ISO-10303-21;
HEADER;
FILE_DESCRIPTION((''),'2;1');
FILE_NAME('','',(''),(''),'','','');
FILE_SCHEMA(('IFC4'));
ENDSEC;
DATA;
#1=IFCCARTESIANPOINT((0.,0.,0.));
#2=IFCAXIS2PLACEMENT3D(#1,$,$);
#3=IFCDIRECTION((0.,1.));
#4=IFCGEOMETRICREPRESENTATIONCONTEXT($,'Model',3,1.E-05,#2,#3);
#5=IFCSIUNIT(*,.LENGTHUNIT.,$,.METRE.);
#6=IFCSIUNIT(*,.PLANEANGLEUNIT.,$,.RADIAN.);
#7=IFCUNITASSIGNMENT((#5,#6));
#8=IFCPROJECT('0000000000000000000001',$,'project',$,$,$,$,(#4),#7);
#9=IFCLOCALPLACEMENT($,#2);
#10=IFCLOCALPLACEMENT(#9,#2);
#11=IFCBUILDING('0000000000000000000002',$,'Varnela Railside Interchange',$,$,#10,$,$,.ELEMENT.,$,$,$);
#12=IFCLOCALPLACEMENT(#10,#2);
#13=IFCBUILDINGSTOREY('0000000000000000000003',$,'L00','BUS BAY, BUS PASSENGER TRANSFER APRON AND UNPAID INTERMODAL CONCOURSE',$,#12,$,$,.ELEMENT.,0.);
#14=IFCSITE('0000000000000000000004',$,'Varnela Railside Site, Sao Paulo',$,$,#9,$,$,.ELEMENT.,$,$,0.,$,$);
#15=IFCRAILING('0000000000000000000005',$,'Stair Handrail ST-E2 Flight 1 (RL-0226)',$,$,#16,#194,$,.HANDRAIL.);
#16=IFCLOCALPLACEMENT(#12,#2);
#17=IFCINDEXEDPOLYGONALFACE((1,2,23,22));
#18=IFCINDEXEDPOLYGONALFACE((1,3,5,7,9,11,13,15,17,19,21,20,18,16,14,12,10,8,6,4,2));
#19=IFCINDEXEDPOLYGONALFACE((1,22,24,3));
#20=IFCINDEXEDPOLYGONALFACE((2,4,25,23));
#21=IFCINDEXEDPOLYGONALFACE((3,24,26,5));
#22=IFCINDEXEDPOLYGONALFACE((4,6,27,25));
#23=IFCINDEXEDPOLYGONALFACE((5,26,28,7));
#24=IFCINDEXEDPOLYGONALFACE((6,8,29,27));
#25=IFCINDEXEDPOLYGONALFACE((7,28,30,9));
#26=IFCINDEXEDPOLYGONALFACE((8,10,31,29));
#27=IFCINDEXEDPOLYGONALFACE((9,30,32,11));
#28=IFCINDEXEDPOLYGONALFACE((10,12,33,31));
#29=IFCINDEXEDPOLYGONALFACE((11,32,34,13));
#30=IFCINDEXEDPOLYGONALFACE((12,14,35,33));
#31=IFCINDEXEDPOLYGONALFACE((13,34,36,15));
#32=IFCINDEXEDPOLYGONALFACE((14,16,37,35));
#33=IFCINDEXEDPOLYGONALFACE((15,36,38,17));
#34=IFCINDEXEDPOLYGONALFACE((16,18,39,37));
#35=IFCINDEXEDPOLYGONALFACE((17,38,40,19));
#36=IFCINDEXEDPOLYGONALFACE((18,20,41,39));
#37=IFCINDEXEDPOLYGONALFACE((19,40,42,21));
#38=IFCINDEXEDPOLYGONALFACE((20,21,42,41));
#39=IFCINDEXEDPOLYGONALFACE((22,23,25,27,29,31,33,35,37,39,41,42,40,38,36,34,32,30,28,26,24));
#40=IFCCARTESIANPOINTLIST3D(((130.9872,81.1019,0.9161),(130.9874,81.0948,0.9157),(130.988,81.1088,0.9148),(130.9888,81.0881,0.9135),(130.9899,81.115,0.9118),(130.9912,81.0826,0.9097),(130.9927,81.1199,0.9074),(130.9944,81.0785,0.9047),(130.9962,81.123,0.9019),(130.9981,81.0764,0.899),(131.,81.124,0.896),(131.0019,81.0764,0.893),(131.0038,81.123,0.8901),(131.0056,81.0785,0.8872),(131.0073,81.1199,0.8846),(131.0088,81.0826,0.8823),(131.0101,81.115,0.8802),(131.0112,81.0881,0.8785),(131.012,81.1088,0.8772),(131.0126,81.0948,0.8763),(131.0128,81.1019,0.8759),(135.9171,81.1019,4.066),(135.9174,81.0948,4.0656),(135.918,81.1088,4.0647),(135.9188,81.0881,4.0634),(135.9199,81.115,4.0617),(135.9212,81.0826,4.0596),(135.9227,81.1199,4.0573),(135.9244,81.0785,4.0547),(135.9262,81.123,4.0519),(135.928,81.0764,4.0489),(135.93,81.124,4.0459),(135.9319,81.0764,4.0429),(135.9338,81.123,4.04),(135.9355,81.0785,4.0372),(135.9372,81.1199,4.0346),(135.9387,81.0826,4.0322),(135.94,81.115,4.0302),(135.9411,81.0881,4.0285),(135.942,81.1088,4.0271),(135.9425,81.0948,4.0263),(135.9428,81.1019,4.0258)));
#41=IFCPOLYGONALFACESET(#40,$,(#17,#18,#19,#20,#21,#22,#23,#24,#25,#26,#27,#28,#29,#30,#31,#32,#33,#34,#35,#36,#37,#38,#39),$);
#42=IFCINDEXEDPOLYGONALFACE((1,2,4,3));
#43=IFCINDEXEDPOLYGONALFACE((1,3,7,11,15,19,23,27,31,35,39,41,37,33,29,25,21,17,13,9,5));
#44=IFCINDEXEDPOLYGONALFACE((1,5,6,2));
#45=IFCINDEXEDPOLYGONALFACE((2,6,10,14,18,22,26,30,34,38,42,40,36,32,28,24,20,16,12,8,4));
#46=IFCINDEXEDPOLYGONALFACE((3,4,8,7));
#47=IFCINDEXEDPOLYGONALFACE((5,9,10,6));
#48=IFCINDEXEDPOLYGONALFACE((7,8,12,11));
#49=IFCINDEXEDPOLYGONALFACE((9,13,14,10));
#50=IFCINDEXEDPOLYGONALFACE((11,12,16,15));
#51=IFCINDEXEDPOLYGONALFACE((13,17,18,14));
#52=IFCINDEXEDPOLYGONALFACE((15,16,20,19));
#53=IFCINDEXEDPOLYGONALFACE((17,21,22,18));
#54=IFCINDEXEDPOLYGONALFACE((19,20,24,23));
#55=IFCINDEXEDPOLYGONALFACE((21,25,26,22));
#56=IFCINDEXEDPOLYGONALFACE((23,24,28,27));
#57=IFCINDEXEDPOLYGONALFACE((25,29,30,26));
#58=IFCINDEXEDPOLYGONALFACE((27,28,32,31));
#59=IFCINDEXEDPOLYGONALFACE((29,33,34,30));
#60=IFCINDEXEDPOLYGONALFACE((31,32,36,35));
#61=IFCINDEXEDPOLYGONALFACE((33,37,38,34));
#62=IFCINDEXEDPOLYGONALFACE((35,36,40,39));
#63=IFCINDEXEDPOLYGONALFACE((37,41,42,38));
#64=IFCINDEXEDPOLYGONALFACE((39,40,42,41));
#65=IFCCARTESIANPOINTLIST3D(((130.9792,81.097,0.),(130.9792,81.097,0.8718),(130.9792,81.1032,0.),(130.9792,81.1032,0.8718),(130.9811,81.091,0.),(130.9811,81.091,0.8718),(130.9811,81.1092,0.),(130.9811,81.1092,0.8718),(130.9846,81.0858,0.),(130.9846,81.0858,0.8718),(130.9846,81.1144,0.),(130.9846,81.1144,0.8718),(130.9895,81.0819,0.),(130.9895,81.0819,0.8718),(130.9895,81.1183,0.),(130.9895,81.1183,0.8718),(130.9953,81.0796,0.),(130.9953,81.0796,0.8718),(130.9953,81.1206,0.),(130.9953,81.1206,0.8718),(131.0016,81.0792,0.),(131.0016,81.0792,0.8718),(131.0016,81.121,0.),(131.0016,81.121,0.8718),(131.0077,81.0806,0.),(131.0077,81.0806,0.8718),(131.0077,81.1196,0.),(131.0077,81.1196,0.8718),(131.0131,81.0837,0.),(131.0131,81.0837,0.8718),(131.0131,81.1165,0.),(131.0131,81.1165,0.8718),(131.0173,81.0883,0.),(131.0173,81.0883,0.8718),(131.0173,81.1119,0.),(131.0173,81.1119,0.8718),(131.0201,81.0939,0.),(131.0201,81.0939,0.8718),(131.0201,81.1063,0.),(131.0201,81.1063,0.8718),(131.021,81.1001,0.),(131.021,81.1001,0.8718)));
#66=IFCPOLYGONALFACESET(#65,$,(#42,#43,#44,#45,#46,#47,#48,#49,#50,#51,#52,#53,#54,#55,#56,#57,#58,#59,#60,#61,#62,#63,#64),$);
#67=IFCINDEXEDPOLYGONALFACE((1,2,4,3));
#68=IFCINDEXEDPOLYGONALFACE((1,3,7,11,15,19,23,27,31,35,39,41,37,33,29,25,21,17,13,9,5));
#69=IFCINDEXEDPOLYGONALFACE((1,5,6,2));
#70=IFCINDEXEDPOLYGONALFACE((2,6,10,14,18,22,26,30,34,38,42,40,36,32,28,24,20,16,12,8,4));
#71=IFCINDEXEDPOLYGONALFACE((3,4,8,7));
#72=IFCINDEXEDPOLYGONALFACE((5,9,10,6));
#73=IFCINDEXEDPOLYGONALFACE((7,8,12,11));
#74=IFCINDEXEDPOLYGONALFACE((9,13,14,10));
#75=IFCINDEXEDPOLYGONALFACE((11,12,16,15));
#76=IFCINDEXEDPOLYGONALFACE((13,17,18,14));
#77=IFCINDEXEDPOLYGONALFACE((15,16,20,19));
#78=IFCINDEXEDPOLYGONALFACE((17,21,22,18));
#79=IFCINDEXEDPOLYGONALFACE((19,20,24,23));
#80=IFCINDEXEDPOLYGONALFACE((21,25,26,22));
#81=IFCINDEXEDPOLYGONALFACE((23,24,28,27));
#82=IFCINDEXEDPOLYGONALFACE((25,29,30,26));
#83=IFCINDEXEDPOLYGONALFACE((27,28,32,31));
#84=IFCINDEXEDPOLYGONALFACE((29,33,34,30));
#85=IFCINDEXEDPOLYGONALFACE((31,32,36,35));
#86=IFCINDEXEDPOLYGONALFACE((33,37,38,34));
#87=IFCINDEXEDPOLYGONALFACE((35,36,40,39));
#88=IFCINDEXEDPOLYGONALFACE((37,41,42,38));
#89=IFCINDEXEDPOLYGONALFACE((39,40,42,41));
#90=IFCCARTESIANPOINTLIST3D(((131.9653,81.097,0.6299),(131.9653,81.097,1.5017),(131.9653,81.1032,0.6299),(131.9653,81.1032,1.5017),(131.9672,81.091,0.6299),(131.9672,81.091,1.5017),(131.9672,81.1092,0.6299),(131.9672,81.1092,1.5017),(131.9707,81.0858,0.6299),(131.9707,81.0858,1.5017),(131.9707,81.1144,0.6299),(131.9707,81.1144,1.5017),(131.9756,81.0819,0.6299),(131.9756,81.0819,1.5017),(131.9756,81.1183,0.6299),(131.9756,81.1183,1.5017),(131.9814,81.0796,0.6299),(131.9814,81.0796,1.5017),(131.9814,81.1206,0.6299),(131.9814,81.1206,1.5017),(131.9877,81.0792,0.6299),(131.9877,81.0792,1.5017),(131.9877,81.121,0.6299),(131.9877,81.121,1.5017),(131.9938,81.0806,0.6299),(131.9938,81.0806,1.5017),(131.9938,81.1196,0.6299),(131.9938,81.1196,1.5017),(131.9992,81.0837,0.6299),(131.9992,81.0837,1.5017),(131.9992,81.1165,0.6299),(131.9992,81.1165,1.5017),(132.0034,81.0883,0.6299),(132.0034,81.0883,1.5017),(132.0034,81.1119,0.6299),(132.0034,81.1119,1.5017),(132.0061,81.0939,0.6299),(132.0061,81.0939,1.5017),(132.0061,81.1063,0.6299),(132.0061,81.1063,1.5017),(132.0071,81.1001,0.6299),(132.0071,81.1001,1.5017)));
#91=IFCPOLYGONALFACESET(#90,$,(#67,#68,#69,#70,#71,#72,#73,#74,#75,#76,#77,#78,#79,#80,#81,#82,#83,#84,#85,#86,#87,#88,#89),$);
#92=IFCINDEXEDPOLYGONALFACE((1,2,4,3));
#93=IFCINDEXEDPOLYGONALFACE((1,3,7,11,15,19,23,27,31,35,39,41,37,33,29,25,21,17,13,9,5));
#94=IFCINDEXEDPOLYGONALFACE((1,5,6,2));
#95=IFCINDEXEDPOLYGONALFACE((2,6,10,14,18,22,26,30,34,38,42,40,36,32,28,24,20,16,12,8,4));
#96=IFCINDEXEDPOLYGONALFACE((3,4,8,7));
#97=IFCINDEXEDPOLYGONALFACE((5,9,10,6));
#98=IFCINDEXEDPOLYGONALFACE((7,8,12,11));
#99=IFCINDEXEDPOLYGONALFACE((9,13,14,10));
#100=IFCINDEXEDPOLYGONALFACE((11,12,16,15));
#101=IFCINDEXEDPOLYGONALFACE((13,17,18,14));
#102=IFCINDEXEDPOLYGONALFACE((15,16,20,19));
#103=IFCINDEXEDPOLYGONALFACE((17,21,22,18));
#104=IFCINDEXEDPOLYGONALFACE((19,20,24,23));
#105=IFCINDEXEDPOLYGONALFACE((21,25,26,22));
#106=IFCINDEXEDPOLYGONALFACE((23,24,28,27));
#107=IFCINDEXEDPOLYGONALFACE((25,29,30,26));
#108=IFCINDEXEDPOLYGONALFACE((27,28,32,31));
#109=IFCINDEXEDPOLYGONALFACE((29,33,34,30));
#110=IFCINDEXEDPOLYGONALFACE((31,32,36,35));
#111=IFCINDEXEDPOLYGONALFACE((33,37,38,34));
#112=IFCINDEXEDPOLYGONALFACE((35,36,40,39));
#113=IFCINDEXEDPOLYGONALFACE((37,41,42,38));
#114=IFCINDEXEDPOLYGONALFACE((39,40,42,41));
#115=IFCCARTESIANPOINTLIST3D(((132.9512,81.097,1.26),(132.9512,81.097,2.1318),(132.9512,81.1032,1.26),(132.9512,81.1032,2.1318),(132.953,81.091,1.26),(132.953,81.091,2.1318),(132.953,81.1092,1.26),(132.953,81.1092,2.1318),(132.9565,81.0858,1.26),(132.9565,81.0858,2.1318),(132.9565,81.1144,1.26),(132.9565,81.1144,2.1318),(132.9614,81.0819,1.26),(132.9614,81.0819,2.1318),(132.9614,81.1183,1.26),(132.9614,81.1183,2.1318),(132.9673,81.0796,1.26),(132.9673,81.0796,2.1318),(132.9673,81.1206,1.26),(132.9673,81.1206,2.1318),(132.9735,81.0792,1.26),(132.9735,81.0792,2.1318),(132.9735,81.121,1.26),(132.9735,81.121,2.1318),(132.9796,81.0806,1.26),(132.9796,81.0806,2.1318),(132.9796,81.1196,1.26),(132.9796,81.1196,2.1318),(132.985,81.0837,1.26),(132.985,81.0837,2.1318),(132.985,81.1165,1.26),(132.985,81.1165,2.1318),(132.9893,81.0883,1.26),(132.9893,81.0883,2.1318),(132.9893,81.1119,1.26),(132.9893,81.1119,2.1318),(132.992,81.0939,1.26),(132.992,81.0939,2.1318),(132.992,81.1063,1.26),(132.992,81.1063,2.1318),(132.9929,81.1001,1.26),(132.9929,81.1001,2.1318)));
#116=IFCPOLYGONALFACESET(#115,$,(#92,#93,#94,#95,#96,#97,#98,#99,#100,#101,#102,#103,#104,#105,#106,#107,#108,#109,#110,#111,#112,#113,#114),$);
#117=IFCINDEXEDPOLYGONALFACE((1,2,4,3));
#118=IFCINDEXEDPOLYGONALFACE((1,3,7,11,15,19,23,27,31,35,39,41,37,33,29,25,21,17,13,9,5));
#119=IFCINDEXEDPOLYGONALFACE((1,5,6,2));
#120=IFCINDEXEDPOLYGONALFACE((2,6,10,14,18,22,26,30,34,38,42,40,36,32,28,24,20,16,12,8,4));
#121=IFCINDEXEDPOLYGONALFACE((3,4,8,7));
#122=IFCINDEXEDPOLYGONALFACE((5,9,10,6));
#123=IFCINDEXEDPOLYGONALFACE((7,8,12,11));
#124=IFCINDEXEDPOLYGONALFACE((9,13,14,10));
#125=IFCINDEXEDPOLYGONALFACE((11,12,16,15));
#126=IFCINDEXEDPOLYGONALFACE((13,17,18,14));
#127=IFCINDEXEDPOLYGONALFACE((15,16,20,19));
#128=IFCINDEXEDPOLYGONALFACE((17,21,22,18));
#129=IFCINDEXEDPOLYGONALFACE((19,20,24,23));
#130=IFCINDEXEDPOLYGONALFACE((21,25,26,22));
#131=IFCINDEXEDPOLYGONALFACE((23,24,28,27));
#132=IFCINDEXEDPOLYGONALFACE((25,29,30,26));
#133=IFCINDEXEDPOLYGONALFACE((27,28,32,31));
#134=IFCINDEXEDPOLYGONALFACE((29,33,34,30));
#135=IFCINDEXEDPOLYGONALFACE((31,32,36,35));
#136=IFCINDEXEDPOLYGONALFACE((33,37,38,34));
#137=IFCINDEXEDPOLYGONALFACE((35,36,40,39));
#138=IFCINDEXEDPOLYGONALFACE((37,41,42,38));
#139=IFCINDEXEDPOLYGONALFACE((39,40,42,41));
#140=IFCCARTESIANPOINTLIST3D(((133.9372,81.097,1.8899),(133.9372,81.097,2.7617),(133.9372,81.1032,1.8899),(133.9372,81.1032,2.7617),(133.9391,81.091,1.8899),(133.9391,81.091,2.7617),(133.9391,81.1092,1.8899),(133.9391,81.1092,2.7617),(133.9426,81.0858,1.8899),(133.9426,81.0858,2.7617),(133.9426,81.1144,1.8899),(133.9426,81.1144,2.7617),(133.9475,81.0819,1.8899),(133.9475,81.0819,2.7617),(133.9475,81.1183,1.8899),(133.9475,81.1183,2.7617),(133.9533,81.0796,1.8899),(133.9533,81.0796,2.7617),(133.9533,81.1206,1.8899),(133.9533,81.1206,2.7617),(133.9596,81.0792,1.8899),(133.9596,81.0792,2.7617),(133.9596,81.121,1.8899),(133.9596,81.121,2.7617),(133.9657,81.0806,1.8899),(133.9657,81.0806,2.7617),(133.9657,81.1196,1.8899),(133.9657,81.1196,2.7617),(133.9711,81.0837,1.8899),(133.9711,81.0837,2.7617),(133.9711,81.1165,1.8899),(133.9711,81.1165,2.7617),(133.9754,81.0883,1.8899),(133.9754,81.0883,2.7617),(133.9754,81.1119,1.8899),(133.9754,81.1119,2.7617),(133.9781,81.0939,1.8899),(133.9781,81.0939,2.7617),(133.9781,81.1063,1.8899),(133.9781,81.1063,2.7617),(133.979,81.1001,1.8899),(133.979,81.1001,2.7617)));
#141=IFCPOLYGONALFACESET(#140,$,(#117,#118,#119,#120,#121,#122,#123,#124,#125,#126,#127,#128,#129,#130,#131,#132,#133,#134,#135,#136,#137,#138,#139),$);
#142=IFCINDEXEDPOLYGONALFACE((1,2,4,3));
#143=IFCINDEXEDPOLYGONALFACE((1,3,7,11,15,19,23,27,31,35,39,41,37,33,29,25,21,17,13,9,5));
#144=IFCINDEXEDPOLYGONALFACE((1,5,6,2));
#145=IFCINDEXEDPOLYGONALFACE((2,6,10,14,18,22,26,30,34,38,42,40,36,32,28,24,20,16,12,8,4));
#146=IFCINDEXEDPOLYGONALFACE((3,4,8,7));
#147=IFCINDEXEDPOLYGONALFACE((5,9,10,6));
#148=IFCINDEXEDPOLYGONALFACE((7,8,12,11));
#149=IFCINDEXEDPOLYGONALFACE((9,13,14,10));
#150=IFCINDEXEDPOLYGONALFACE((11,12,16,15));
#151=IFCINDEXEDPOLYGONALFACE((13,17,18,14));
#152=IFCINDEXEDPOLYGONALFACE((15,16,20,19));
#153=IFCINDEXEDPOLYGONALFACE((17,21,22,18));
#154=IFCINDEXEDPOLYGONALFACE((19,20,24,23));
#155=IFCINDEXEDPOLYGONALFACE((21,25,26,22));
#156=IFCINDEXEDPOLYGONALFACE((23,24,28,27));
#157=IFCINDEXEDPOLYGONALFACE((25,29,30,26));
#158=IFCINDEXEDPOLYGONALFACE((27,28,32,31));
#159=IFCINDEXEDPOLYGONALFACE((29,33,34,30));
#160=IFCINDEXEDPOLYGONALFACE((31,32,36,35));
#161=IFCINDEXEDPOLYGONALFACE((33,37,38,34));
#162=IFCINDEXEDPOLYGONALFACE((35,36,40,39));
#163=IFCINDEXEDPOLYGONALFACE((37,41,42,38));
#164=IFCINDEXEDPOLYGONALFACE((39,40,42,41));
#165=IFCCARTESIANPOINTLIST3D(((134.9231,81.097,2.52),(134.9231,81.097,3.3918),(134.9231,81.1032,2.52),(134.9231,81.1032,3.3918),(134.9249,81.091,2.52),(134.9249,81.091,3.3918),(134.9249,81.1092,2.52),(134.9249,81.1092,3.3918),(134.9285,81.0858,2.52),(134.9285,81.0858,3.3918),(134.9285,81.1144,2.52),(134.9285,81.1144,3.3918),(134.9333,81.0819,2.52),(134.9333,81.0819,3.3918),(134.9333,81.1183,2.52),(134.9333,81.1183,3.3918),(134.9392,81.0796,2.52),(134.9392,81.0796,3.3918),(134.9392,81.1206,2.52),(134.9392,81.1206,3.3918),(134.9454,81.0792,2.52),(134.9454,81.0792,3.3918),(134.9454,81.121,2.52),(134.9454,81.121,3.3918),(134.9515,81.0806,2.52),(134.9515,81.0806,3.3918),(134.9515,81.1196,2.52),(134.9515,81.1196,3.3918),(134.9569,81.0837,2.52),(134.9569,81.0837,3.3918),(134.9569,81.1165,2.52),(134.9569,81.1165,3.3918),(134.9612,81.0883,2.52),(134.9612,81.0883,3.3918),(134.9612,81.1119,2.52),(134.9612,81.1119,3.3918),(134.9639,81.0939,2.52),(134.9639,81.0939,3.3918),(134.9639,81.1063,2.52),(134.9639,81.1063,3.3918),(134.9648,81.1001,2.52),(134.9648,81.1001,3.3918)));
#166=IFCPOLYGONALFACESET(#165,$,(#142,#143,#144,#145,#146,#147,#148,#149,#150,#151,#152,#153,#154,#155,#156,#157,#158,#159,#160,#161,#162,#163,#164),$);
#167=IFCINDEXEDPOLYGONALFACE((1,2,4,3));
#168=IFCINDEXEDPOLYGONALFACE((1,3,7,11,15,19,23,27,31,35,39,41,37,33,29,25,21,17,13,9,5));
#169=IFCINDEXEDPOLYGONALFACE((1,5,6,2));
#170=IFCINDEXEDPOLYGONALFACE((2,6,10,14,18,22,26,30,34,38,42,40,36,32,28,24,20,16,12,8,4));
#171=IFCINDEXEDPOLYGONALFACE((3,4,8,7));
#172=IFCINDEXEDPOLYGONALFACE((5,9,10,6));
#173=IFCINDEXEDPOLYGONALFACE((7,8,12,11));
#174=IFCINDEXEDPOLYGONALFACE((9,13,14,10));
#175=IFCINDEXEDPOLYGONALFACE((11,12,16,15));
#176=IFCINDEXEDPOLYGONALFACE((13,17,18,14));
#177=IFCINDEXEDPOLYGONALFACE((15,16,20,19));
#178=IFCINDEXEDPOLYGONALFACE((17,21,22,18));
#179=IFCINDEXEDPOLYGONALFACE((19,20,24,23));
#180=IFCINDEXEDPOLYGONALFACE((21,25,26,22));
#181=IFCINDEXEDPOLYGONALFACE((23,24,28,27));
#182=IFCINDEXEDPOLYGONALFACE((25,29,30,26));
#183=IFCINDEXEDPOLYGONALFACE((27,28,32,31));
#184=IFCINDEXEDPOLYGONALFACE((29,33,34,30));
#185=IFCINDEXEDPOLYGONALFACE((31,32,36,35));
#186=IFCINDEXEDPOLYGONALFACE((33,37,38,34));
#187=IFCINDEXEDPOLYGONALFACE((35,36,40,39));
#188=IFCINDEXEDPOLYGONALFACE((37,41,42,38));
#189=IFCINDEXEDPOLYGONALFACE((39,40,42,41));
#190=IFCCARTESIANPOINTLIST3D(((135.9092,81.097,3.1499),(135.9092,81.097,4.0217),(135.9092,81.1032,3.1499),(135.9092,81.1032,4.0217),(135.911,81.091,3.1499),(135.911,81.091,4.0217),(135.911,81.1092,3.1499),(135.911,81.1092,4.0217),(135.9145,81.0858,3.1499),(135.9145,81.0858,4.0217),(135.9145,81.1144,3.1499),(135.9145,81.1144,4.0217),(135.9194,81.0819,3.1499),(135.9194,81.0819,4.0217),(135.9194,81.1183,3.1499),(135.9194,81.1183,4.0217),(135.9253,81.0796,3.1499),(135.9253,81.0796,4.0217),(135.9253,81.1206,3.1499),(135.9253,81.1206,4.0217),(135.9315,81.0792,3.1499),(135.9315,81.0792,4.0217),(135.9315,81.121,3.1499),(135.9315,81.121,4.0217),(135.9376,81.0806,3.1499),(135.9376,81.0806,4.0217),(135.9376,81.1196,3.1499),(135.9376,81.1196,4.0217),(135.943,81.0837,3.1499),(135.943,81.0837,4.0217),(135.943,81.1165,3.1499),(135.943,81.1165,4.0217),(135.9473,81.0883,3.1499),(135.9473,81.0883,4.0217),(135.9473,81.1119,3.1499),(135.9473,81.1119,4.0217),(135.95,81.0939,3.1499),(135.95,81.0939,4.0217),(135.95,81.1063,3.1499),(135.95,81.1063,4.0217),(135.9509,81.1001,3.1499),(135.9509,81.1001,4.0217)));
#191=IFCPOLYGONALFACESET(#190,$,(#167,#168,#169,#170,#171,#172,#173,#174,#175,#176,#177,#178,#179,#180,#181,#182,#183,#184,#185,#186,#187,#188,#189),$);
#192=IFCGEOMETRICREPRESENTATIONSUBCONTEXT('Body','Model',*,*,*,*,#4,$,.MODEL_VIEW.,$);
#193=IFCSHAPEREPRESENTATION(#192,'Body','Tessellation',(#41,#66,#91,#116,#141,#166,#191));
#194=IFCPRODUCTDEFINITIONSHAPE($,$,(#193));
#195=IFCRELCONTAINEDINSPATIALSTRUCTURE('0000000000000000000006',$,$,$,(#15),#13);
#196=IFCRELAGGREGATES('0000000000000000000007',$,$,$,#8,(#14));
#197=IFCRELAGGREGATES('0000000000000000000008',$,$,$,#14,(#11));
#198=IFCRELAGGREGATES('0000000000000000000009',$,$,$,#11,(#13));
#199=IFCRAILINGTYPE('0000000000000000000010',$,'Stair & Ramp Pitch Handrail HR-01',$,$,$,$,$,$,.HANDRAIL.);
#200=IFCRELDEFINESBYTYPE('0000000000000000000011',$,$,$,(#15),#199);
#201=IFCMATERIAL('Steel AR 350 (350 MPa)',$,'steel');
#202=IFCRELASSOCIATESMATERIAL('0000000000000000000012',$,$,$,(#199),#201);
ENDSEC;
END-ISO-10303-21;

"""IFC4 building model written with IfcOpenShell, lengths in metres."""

from ifc_helpers import new_model, si_unit, direction, frame, origin, origin_2d, place, context, subcontext, project, spatial, circle, extrude, material, type_object, element, save


model = new_model("IFC4")

# Units and contexts
model_context = context("Model", 3, precision=1e-05, world=origin(), true_north=direction((0.0, 1.0)))
body_context = subcontext(model_context, "Body", "Model", "MODEL_VIEW")
ifc_project = project(units=[si_unit("LENGTHUNIT", "METRE"), si_unit("PLANEANGLEUNIT", "RADIAN")], contexts=[model_context])

# Site, building, storey
site_placement = place(None, origin())
site = spatial("IfcSite", under=ifc_project, at=site_placement, Name="Varnela Railside Site, Sao Paulo", CompositionType="ELEMENT", RefElevation=0.0)
building_placement = place(site_placement, origin())
building = spatial("IfcBuilding", under=site, at=building_placement, Name="Varnela Railside Interchange", CompositionType="ELEMENT")
storey_placement = place(building_placement, origin())
storey = spatial("IfcBuildingStorey", under=building, at=storey_placement, Name="L00", Description="BUS BAY, BUS PASSENGER TRANSFER APRON AND UNPAID INTERMODAL CONCOURSE", CompositionType="ELEMENT", Elevation=0.0)

# Shared definitions
ifc_material_1 = material(Name="Steel AR 350 (350 MPa)", Category="steel")

# Railing
railing_type_1 = type_object("IfcRailingType", Name="Stair & Ramp Pitch Handrail HR-01", PredefinedType="HANDRAIL", material=ifc_material_1)
railing_1_placement = place(storey_placement, frame((131.0, 81.1001, 0.0)))
element("IfcRailing", 1, at=railing_1_placement, inside=storey, type_object=railing_type_1, Name="Stair Handrail ST-E2 Flight 1 (RL-0226)", PredefinedType="HANDRAIL", context=body_context, shape_type="SweptSolid", body=[
    extrude(circle(Radius=0.0239, at=origin_2d()), frame((0.0, 0.0, 0.896), z_axis=(0.842679, 0.0, 0.538416), x_axis=(0.0, 1.0, 0.0)), (0.0, 0.0, 1.0), 5.8503),
    extrude(circle(Radius=0.021, at=origin_2d()), origin(), (0.0, 0.0, 1.0), 0.8718),
    extrude(circle(Radius=0.021, at=origin_2d()), frame((0.9861, 0.0, 0.6299)), (0.0, 0.0, 1.0), 0.8718),
    extrude(circle(Radius=0.021, at=origin_2d()), frame((1.9719, 0.0, 1.26)), (0.0, 0.0, 1.0), 0.8718),
    extrude(circle(Radius=0.021, at=origin_2d()), frame((2.958, 0.0, 1.8899)), (0.0, 0.0, 1.0), 0.8718),
    extrude(circle(Radius=0.021, at=origin_2d()), frame((3.9438, 0.0, 2.52)), (0.0, 0.0, 1.0), 0.8718),
    extrude(circle(Radius=0.021, at=origin_2d()), frame((4.9299, 0.0, 3.1499)), (0.0, 0.0, 1.0), 0.8718),
])

save(model, "model.ifc")
